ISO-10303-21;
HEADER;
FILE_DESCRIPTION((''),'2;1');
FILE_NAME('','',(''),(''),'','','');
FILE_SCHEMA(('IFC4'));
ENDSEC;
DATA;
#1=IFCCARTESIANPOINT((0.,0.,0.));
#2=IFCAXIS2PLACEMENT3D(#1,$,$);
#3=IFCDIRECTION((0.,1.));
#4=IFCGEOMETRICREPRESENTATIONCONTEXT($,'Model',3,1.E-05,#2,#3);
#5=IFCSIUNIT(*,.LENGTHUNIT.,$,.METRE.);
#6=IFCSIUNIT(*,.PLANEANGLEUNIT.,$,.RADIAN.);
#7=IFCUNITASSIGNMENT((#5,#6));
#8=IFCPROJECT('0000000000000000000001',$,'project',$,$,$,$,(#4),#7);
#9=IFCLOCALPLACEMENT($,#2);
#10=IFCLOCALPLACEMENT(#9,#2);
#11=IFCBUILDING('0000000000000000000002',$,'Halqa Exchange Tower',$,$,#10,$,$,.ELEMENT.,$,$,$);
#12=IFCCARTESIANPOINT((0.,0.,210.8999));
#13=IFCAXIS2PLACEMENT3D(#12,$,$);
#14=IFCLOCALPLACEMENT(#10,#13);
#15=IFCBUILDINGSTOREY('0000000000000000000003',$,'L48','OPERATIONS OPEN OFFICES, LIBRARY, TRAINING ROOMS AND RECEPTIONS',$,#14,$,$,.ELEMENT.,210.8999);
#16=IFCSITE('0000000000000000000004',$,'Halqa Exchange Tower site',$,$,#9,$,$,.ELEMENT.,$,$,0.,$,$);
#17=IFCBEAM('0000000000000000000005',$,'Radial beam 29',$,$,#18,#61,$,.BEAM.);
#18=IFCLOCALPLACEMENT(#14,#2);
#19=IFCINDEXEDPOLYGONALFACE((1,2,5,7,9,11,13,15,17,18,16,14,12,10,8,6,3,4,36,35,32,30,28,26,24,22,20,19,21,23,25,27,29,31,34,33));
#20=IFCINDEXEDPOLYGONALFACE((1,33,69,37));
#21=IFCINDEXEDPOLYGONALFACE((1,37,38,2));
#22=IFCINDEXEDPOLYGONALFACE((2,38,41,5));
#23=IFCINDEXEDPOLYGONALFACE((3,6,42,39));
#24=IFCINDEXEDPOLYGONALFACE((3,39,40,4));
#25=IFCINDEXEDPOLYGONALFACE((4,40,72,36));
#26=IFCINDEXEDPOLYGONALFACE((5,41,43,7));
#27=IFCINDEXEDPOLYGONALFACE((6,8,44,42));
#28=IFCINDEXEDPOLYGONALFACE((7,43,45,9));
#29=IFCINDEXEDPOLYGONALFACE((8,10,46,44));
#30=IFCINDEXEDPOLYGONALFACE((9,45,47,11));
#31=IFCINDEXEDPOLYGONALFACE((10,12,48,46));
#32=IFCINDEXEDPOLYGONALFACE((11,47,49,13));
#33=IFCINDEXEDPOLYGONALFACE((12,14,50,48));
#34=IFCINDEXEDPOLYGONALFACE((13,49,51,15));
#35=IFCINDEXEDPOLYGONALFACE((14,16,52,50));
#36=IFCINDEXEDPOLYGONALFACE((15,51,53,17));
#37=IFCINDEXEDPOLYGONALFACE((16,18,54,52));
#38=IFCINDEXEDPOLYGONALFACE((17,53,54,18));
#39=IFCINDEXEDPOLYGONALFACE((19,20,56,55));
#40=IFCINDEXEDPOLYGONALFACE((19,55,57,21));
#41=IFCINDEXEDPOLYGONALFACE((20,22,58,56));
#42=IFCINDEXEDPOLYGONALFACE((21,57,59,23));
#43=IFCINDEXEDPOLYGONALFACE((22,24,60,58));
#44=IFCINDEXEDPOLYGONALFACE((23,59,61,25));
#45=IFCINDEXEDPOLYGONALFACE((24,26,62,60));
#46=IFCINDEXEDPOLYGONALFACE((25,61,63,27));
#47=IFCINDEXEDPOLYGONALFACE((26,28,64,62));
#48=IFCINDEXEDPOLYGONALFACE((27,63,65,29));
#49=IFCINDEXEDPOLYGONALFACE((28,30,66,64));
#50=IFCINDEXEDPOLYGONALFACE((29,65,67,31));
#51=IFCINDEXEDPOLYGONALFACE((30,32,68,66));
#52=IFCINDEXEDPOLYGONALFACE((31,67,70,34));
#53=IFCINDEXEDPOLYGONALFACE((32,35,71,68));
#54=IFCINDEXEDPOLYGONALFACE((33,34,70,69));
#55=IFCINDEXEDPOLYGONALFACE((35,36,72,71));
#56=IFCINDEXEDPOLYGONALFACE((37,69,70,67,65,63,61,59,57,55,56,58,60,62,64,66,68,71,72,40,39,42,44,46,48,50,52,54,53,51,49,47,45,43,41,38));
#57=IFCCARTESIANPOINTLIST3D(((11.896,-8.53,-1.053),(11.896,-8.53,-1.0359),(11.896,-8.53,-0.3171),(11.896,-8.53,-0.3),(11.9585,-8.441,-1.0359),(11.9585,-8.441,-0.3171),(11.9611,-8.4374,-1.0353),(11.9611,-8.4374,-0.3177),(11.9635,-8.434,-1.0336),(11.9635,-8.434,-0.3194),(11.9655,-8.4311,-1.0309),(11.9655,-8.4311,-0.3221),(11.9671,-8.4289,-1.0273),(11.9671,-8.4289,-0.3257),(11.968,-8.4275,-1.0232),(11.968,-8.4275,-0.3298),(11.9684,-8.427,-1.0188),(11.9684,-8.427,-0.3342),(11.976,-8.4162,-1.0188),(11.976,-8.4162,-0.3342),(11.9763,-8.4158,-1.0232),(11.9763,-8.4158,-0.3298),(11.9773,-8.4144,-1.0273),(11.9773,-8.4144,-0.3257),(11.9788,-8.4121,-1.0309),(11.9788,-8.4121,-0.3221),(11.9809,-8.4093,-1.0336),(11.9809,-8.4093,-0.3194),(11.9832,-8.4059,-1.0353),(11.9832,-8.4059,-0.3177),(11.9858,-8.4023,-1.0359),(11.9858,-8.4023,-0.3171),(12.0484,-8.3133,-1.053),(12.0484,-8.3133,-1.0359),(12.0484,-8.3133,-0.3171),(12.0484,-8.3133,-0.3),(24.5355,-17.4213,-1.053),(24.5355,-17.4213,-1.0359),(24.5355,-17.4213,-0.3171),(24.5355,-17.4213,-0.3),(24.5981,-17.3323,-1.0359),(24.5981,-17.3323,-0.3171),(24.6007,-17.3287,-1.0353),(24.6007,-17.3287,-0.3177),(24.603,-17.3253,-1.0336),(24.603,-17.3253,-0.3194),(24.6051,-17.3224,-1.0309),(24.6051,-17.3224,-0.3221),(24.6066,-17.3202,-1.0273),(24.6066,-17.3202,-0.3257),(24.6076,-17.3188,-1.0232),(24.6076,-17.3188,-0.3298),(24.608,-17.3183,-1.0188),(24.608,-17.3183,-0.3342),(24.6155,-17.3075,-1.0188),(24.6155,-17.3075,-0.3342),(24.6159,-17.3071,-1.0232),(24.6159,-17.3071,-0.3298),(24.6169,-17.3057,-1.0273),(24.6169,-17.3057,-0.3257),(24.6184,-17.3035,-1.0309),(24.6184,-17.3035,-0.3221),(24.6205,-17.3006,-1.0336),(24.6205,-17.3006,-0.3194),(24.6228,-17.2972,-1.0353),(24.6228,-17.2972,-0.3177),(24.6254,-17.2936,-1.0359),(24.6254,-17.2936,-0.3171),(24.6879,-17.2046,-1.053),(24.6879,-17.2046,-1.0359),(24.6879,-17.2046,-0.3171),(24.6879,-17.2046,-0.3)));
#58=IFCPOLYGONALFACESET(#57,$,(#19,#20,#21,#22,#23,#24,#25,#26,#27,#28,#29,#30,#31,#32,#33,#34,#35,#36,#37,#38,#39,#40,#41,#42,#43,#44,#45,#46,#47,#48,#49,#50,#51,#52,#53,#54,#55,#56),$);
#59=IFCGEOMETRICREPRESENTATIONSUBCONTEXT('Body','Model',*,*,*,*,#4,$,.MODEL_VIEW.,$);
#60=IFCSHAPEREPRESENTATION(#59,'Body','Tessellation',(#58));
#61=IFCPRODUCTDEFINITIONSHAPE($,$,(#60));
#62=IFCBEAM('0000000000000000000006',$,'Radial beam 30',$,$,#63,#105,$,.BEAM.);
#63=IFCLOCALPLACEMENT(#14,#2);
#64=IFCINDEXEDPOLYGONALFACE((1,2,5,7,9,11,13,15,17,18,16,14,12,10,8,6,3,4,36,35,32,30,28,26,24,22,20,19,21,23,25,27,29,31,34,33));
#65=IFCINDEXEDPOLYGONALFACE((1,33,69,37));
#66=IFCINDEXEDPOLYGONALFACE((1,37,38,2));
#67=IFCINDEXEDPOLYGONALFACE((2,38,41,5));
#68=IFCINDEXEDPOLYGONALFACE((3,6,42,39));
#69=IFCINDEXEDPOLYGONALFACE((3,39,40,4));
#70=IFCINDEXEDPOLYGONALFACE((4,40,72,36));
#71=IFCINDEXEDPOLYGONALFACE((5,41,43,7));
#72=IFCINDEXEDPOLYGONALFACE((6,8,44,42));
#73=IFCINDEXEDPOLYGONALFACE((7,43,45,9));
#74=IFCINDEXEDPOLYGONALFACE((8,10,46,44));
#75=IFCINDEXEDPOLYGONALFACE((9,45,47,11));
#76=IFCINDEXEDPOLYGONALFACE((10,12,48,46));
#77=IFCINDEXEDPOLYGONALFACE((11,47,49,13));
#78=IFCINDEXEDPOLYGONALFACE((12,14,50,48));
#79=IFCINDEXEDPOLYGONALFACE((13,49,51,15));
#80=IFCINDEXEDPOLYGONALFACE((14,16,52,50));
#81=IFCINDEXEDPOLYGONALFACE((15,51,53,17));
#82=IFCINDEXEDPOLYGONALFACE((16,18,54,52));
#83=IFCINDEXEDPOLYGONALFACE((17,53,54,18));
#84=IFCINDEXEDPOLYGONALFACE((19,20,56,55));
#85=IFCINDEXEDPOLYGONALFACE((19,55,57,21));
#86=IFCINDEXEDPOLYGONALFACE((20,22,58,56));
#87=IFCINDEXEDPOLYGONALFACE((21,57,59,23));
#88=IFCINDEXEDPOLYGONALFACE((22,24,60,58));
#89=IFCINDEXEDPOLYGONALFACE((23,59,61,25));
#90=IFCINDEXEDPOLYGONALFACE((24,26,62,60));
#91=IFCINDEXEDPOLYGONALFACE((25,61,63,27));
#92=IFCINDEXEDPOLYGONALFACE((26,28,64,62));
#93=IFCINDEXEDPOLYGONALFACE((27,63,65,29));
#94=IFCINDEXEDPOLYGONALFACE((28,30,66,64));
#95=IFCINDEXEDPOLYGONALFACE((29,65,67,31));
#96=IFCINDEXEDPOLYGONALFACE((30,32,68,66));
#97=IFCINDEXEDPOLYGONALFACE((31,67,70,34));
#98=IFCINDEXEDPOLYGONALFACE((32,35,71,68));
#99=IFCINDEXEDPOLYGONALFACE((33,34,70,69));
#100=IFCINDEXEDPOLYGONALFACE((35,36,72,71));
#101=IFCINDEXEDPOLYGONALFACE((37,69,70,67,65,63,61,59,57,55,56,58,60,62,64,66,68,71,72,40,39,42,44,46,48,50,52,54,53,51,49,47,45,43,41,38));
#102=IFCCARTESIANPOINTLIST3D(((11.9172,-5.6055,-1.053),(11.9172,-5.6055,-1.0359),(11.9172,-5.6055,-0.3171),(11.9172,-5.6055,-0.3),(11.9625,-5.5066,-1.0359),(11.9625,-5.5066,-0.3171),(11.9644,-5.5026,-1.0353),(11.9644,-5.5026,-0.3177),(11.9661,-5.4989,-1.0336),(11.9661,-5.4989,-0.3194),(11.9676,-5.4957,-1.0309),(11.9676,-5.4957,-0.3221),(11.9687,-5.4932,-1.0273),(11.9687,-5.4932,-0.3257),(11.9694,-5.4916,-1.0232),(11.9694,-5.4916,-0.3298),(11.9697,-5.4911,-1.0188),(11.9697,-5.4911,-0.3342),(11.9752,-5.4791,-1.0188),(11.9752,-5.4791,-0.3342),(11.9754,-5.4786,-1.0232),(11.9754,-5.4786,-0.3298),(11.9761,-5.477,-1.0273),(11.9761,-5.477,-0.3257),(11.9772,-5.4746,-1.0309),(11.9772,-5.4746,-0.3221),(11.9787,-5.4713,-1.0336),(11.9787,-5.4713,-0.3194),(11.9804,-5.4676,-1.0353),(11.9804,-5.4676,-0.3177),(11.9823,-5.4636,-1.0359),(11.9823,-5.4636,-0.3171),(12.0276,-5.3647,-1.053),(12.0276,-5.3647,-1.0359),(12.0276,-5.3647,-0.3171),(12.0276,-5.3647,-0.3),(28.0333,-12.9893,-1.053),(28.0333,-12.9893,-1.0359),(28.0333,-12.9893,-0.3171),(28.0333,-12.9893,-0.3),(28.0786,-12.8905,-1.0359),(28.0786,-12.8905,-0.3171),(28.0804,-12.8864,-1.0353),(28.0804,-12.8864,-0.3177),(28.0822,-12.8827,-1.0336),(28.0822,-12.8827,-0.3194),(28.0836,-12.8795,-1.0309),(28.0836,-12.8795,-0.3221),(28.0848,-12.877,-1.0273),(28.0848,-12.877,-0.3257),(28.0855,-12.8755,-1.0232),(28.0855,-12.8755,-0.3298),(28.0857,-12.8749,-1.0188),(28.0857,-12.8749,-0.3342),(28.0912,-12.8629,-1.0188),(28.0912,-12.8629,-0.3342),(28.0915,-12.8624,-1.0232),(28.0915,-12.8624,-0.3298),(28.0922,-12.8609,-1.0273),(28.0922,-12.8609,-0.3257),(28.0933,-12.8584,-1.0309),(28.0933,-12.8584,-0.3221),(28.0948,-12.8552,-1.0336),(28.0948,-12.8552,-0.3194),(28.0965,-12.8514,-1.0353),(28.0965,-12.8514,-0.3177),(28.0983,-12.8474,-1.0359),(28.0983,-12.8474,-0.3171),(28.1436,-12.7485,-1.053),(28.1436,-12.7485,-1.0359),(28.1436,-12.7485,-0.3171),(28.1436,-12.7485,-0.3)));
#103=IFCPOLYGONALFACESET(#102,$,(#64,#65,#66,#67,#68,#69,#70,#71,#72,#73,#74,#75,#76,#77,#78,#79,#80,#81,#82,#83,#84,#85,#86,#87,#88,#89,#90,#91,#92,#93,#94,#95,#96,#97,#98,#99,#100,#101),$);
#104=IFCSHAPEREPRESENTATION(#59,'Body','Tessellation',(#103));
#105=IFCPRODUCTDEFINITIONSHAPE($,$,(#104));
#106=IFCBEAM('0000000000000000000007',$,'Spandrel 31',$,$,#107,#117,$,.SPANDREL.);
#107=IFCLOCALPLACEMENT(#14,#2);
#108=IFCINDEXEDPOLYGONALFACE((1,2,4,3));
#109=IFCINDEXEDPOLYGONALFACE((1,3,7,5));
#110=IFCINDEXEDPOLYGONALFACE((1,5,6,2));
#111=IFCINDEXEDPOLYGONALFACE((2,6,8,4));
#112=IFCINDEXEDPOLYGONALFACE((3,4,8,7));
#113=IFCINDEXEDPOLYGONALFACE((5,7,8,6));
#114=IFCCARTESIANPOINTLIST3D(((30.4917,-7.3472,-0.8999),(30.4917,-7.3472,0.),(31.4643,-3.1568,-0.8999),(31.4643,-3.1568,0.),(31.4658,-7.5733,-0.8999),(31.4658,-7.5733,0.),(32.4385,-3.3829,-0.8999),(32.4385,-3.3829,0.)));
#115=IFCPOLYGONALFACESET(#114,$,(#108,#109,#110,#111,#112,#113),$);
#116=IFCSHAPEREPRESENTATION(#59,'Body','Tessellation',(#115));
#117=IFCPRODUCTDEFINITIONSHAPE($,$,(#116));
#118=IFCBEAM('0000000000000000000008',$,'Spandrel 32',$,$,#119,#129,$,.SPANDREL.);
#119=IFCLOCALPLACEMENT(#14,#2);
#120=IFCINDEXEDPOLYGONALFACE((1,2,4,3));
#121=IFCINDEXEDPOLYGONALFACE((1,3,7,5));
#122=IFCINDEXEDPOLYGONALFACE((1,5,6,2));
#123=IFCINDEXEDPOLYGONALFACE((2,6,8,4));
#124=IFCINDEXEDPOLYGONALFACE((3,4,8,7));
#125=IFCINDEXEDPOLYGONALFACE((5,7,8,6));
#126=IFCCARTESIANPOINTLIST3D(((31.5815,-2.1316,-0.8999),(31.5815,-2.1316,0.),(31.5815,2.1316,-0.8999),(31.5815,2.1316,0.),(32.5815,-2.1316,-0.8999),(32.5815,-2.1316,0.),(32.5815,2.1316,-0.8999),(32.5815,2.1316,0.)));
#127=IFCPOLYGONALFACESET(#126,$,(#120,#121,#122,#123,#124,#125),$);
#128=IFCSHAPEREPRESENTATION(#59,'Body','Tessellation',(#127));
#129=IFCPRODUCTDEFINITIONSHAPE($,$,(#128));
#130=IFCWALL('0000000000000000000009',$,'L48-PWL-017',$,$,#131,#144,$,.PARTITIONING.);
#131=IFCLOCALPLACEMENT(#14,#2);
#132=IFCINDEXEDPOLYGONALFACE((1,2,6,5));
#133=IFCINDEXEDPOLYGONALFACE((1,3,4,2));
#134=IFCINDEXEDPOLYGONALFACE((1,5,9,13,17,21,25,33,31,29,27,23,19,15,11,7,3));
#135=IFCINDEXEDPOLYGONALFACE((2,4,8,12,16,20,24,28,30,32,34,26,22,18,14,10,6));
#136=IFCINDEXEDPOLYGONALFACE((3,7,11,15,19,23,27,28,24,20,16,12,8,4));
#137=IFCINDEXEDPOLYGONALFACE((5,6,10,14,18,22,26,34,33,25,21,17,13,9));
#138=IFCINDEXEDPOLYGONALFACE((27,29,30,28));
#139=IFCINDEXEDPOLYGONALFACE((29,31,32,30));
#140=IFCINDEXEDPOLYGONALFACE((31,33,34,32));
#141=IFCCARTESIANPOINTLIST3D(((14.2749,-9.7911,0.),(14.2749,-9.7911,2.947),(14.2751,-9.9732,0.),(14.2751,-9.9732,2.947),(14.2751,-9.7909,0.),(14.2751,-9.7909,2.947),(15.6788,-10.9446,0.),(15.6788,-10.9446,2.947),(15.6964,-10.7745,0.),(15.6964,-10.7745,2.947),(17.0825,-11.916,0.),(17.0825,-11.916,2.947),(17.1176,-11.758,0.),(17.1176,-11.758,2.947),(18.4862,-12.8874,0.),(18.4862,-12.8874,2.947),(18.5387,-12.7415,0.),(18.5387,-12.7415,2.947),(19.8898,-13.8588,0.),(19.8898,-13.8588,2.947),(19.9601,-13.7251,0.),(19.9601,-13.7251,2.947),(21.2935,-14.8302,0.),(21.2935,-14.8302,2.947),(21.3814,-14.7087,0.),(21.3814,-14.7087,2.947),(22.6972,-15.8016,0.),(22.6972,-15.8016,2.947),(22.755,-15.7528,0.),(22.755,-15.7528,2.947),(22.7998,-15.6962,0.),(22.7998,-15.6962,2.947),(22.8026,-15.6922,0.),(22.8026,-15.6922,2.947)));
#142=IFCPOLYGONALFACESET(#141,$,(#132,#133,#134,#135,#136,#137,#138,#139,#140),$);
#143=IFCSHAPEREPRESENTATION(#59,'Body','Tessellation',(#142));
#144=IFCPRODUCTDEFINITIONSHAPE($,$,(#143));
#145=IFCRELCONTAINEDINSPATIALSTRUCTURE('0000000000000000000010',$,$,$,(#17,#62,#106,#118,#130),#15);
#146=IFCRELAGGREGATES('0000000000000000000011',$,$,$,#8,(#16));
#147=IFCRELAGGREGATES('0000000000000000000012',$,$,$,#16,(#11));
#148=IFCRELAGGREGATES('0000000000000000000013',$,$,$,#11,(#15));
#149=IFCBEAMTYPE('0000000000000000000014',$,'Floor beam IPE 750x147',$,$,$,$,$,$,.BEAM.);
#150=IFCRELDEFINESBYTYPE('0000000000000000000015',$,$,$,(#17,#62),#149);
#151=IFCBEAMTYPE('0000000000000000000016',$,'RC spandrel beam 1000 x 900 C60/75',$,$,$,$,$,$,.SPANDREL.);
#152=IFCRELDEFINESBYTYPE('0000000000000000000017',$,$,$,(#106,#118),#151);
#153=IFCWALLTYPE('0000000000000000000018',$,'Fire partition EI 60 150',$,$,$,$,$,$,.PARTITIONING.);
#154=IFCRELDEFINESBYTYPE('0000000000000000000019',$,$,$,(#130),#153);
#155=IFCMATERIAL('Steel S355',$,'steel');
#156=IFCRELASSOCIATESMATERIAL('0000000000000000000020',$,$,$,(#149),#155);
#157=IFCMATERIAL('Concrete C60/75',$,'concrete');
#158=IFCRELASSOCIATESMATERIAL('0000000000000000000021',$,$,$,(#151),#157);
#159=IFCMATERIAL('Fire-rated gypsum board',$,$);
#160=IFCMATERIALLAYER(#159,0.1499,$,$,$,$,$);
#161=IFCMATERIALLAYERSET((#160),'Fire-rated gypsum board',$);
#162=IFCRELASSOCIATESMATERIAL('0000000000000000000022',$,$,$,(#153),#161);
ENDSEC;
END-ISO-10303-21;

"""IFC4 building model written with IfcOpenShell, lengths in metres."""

from ifc_helpers import new_model, si_unit, direction, frame, origin, origin_2d, place, context, subcontext, project, spatial, polyline, rectangle, i_section, outline, extrude, material, layer, layer_set, material_profile, profile_set, type_object, element, save


model = new_model("IFC4")

# Units and contexts
model_context = context("Model", 3, precision=1e-05, world=origin(), true_north=direction((0.0, 1.0)))
body_context = subcontext(model_context, "Body", "Model", "MODEL_VIEW")
ifc_project = project(units=[si_unit("LENGTHUNIT", "METRE"), si_unit("PLANEANGLEUNIT", "RADIAN")], contexts=[model_context])

# Site, building, storey
site_placement = place(None, origin())
site = spatial("IfcSite", under=ifc_project, at=site_placement, Name="Halqa Exchange Tower site", CompositionType="ELEMENT", RefElevation=0.0)
building_placement = place(site_placement, origin())
building = spatial("IfcBuilding", under=site, at=building_placement, Name="Halqa Exchange Tower", CompositionType="ELEMENT")
storey_placement = place(building_placement, frame((0.0, 0.0, 210.8999)))
storey = spatial("IfcBuildingStorey", under=building, at=storey_placement, Name="L48", Description="OPERATIONS OPEN OFFICES, LIBRARY, TRAINING ROOMS AND RECEPTIONS", CompositionType="ELEMENT", Elevation=210.8999)

# Shared definitions
ifc_material_1 = material(Name="Concrete C60/75", Category="concrete")

# Beams
ifc_material_2 = material(Name="Steel S355", Category="steel")
ifc_material_profile_1 = material_profile(ifc_material_2, i_section(OverallWidth=0.2649, OverallDepth=0.7529, WebThickness=0.0132, FlangeThickness=0.0171, FilletRadius=0.0171, at=origin_2d()), Name="IPE 750x147")
ifc_profile_set_1 = profile_set([ifc_material_profile_1], Name="Steel S355")
beam_type_1 = type_object("IfcBeamType", Name="Floor beam IPE 750x147", PredefinedType="BEAM", material=ifc_profile_set_1)
beam_1_placement = place(storey_placement, frame((11.9722, -8.4216, -0.6765), z_axis=(0.817904, -0.575354, 0.0), x_axis=(0.575354, 0.817904, 0.0)))
element("IfcBeam", 1, at=beam_1_placement, inside=storey, type_object=beam_type_1, Name="Radial beam 29", PredefinedType="BEAM", context=body_context, shape_type="SweptSolid", body=[
    extrude(i_section(OverallWidth=0.2649, OverallDepth=0.7529, WebThickness=0.0132, FlangeThickness=0.0171, FilletRadius=0.0171, at=origin_2d()), origin(), (0.0, 0.0, 1.0), 15.4536),
])
beam_2_placement = place(storey_placement, frame((11.9724, -5.4851, -0.6765), z_axis=(0.909122, -0.416529, 0.0), x_axis=(0.416529, 0.909122, 0.0)))
element("IfcBeam", 2, at=beam_2_placement, inside=storey, type_object=beam_type_1, Name="Radial beam 30", PredefinedType="BEAM", context=body_context, shape_type="SweptSolid", body=[
    extrude(i_section(OverallWidth=0.2649, OverallDepth=0.7529, WebThickness=0.0132, FlangeThickness=0.0171, FilletRadius=0.0171, at=origin_2d()), origin(), (0.0, 0.0, 1.0), 17.7271),
])
ifc_material_profile_2 = material_profile(ifc_material_1, rectangle(XDim=1.0, YDim=0.8999, at=origin_2d()), Name="1000 x 900")
ifc_profile_set_2 = profile_set([ifc_material_profile_2], Name="Concrete C60/75")
beam_type_2 = type_object("IfcBeamType", Name="RC spandrel beam 1000 x 900 C60/75", PredefinedType="SPANDREL", material=ifc_profile_set_2)
beam_3_placement = place(storey_placement, frame((30.9788, -7.4602, -0.45), z_axis=(0.226103, 0.974103, 0.0), x_axis=(-0.974103, 0.226103, 0.0)))
element("IfcBeam", 3, at=beam_3_placement, inside=storey, type_object=beam_type_2, Name="Spandrel 31", PredefinedType="SPANDREL", context=body_context, shape_type="SweptSolid", body=[
    extrude(rectangle(XDim=1.0, YDim=0.8999, at=origin_2d()), origin(), (0.0, 0.0, 1.0), 4.3018),
])
beam_4_placement = place(storey_placement, frame((32.0815, -2.1316, -0.45), z_axis=(0.0, 1.0, 0.0), x_axis=(-1.0, 0.0, 0.0)))
element("IfcBeam", 4, at=beam_4_placement, inside=storey, type_object=beam_type_2, Name="Spandrel 32", PredefinedType="SPANDREL", context=body_context, shape_type="SweptSolid", body=[
    extrude(rectangle(XDim=1.0, YDim=0.8999, at=origin_2d()), origin(), (0.0, 0.0, 1.0), 4.2632),
])

# Wall
ifc_material_3 = material(Name="Fire-rated gypsum board")
ifc_layer_1 = layer(ifc_material_3, 0.1499)
ifc_layer_set_1 = layer_set([ifc_layer_1], Name="Fire-rated gypsum board")
wall_type_1 = type_object("IfcWallType", Name="Fire partition EI 60 150", PredefinedType="PARTITIONING", material=ifc_layer_set_1)
wall_1_placement = place(storey_placement, frame((14.2324, -9.8525, 0.0), z_axis=(0.0, 0.0, 1.0), x_axis=(0.822298, -0.569057, 0.0)))
element("IfcWall", 5, at=wall_1_placement, inside=storey, type_object=wall_type_1, Name="L48-PWL-017", PredefinedType="PARTITIONING", context=body_context, shape_type="SweptSolid", body=[
    extrude(outline(polyline([(0.1038, -0.075), (1.8108, -0.075), (3.5178, -0.075), (5.2249, -0.075), (6.9319, -0.075), (8.6389, -0.075), (10.3459, -0.075), (10.3657, -0.002), (10.3704, 0.0701), (10.3704, 0.075), (8.6421, 0.075), (6.9136, 0.075), (5.1851, 0.075), (3.4568, 0.075), (1.7285, 0.075), (0.0, 0.075), (0.0, 0.0747), (0.1038, -0.075)])), origin(), (0.0, 0.0, 1.0), 2.947),
])

save(model, "model.ifc")
